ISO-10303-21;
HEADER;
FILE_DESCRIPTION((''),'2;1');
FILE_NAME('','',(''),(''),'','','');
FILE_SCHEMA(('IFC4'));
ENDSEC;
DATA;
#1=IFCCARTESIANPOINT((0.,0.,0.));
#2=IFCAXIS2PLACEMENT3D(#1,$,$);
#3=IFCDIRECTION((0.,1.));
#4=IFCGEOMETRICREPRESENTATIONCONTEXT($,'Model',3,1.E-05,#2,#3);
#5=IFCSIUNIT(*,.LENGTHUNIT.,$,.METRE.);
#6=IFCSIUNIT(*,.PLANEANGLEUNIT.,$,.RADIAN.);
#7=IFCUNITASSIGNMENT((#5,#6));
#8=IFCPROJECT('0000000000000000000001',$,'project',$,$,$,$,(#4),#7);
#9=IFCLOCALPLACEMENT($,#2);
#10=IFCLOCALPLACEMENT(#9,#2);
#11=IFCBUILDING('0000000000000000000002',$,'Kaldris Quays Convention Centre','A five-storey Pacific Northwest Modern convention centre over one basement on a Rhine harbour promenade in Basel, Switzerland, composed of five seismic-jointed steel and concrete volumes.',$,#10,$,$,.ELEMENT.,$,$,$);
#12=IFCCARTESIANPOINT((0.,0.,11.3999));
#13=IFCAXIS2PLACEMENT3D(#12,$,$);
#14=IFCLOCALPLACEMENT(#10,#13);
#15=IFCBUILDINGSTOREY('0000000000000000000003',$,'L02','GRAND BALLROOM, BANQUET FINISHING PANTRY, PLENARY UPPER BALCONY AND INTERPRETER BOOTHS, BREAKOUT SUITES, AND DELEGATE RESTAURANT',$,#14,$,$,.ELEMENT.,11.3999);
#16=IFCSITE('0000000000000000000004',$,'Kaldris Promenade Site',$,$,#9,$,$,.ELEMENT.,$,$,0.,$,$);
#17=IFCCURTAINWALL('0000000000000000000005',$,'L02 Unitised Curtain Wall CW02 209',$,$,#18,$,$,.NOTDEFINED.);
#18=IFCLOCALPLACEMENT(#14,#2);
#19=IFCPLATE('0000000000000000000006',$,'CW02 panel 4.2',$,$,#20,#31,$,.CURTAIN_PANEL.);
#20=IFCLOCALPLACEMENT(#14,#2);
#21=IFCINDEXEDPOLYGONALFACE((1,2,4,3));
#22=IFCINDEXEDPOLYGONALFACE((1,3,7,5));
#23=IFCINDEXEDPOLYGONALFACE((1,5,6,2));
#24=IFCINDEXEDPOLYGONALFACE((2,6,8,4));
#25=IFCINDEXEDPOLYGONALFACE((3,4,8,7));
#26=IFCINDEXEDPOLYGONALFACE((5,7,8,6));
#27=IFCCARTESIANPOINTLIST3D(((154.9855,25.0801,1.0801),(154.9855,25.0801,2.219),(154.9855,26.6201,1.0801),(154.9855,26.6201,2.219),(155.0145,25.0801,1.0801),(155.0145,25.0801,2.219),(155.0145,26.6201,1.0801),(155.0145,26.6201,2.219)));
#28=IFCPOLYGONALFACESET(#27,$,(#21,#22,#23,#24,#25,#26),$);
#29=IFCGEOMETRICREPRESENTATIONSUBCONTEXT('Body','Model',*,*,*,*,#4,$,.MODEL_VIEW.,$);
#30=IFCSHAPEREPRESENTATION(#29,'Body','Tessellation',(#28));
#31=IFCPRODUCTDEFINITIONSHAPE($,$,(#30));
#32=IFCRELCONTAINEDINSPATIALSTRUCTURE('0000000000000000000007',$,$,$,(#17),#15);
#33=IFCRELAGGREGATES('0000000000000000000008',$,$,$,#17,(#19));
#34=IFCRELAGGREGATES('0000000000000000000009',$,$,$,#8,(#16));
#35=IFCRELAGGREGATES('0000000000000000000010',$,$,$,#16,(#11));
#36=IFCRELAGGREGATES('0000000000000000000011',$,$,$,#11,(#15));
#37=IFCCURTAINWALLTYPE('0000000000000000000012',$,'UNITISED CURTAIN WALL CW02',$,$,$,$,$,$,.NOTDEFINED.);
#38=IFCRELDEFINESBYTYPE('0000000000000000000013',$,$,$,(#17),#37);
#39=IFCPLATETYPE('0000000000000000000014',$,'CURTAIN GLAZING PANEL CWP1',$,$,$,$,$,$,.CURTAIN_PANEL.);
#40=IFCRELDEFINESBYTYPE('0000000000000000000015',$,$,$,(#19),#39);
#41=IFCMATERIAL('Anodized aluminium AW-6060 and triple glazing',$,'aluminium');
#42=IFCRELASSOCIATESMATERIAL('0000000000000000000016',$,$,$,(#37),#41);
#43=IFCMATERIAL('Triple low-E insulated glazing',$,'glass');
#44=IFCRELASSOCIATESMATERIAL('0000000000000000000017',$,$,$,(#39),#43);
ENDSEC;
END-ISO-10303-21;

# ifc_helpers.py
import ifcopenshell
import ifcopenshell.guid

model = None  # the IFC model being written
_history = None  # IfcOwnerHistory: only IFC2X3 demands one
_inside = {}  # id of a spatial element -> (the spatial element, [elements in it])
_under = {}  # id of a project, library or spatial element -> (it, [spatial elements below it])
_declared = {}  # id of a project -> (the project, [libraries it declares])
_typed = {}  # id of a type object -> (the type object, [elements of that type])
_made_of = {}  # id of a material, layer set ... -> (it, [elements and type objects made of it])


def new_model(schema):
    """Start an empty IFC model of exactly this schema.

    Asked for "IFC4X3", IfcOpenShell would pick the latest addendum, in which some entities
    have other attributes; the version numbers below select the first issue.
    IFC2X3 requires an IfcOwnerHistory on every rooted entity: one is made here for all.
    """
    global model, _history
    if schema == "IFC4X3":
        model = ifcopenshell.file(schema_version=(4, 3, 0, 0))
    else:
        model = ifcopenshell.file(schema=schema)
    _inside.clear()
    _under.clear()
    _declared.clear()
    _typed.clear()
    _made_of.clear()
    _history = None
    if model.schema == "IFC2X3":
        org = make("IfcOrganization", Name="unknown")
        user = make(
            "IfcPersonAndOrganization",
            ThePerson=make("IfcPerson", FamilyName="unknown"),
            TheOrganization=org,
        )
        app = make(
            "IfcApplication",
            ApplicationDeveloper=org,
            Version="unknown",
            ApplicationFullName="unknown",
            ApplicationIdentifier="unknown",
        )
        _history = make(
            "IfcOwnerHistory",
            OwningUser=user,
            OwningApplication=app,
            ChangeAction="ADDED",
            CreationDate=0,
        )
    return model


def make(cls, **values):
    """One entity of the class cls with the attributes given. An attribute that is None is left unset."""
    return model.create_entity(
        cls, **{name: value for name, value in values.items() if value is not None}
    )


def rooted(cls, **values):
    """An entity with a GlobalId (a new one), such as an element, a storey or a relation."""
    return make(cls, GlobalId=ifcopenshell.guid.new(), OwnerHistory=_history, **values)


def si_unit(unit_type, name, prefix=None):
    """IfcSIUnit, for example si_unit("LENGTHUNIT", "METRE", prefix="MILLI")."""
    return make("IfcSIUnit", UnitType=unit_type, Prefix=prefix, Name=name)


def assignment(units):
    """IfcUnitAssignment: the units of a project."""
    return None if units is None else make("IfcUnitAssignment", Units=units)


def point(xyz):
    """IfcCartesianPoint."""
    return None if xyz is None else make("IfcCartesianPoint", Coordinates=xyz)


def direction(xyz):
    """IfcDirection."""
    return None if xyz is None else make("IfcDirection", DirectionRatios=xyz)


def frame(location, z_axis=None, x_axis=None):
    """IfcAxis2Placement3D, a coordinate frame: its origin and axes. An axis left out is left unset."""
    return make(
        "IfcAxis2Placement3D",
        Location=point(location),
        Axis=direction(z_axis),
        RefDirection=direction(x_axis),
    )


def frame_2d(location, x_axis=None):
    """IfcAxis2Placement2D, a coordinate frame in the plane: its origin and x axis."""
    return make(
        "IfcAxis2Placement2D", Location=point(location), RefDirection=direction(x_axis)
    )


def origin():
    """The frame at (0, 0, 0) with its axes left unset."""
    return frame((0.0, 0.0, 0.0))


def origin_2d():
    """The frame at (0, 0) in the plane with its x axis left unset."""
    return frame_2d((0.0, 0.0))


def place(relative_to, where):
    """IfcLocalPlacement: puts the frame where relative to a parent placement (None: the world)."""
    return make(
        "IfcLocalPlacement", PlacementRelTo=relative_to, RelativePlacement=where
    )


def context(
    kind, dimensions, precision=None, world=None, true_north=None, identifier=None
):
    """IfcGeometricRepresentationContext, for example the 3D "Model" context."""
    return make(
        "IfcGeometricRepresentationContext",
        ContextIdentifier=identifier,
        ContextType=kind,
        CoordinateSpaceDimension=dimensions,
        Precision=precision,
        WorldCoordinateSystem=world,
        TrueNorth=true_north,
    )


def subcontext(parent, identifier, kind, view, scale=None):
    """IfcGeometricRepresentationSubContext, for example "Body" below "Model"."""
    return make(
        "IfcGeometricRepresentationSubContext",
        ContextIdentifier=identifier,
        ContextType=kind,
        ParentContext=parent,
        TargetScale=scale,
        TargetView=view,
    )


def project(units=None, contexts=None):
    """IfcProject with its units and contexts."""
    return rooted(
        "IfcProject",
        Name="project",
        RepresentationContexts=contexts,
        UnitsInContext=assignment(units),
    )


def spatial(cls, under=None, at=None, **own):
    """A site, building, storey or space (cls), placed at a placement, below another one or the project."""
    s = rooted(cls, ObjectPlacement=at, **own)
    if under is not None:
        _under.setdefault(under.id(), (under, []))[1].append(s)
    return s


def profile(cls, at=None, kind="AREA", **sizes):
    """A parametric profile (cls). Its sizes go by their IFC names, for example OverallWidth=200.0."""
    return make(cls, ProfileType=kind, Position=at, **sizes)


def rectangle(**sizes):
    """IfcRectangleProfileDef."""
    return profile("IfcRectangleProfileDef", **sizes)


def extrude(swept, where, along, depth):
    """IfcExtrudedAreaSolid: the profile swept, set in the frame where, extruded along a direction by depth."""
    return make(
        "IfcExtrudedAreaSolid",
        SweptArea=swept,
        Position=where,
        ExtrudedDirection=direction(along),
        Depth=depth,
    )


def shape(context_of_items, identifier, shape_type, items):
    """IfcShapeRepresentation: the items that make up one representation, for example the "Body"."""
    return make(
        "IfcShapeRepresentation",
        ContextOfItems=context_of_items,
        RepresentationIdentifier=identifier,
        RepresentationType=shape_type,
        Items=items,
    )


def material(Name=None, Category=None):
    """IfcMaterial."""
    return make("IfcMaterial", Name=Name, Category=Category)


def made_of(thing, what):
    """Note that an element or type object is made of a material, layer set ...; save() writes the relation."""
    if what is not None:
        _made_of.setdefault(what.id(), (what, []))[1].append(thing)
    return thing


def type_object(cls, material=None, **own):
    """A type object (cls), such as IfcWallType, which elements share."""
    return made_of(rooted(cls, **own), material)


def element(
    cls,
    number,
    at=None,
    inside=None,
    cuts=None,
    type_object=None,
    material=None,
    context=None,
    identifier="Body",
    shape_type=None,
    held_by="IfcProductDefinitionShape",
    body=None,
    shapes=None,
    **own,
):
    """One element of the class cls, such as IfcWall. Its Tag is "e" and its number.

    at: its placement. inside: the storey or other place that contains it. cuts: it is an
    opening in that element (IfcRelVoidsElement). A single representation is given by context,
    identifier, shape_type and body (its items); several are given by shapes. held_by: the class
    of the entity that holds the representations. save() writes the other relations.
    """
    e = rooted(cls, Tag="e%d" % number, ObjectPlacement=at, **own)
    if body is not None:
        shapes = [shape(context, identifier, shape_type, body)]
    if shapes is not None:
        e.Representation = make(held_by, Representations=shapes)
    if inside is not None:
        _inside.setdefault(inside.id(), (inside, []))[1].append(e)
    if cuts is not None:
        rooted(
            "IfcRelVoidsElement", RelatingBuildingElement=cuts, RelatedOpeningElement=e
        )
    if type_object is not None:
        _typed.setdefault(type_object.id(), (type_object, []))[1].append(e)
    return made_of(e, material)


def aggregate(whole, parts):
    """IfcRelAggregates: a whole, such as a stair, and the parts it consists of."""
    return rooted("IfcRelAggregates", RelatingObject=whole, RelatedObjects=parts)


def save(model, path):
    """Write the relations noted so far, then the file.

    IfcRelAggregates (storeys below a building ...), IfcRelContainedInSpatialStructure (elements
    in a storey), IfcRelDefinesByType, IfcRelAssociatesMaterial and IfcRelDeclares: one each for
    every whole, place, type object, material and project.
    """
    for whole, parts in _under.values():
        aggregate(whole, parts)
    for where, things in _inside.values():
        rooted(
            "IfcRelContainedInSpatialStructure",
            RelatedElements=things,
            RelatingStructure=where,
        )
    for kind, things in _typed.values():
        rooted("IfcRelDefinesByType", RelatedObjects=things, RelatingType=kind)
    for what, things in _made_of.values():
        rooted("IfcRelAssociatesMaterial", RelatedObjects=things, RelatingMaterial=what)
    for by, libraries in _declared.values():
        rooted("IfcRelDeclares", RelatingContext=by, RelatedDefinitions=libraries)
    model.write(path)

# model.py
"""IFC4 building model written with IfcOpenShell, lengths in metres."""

from ifc_helpers import new_model, si_unit, direction, frame, origin, origin_2d, place, context, subcontext, project, spatial, rectangle, extrude, material, type_object, element, aggregate, save


model = new_model("IFC4")

# Units and contexts
model_context = context("Model", 3, precision=1e-05, world=origin(), true_north=direction((0.0, 1.0)))
body_context = subcontext(model_context, "Body", "Model", "MODEL_VIEW")
ifc_project = project(units=[si_unit("LENGTHUNIT", "METRE"), si_unit("PLANEANGLEUNIT", "RADIAN")], contexts=[model_context])

# Site, building, storey
site_placement = place(None, origin())
site = spatial("IfcSite", under=ifc_project, at=site_placement, Name="Kaldris Promenade Site", CompositionType="ELEMENT", RefElevation=0.0)
building_placement = place(site_placement, origin())
building = spatial("IfcBuilding", under=site, at=building_placement, Name="Kaldris Quays Convention Centre", Description="A five-storey Pacific Northwest Modern convention centre over one basement on a Rhine harbour promenade in Basel, Switzerland, composed of five seismic-jointed steel and concrete volumes.", CompositionType="ELEMENT")
storey_placement = place(building_placement, frame((0.0, 0.0, 11.3999)))
storey = spatial("IfcBuildingStorey", under=building, at=storey_placement, Name="L02", Description="GRAND BALLROOM, BANQUET FINISHING PANTRY, PLENARY UPPER BALCONY AND INTERPRETER BOOTHS, BREAKOUT SUITES, AND DELEGATE RESTAURANT", CompositionType="ELEMENT", Elevation=11.3999)

# Curtain wall
ifc_material_1 = material(Name="Anodized aluminium AW-6060 and triple glazing", Category="aluminium")
curtain_wall_type = type_object("IfcCurtainWallType", Name="UNITISED CURTAIN WALL CW02", PredefinedType="NOTDEFINED", material=ifc_material_1)
curtain_wall_placement = place(storey_placement, origin())
curtain_wall = element("IfcCurtainWall", 1, at=curtain_wall_placement, inside=storey, type_object=curtain_wall_type, Name="L02 Unitised Curtain Wall CW02 209", PredefinedType="NOTDEFINED")

# Plate
ifc_material_2 = material(Name="Triple low-E insulated glazing", Category="glass")
plate_type = type_object("IfcPlateType", Name="CURTAIN GLAZING PANEL CWP1", PredefinedType="CURTAIN_PANEL", material=ifc_material_2)
plate_1_placement = place(storey_placement, frame((155.0, 25.8501, 1.0801), z_axis=(0.0, 0.0, 1.0), x_axis=(0.0, 1.0, 0.0)))
plate_1 = element("IfcPlate", 2, at=plate_1_placement, type_object=plate_type, Name="CW02 panel 4.2", PredefinedType="CURTAIN_PANEL", context=body_context, shape_type="SweptSolid", body=[
    extrude(rectangle(XDim=1.54, YDim=0.0291, at=origin_2d()), origin(), (0.0, 0.0, 1.0), 1.1389),
])
aggregate(curtain_wall, [plate_1])

save(model, "model.ifc")
